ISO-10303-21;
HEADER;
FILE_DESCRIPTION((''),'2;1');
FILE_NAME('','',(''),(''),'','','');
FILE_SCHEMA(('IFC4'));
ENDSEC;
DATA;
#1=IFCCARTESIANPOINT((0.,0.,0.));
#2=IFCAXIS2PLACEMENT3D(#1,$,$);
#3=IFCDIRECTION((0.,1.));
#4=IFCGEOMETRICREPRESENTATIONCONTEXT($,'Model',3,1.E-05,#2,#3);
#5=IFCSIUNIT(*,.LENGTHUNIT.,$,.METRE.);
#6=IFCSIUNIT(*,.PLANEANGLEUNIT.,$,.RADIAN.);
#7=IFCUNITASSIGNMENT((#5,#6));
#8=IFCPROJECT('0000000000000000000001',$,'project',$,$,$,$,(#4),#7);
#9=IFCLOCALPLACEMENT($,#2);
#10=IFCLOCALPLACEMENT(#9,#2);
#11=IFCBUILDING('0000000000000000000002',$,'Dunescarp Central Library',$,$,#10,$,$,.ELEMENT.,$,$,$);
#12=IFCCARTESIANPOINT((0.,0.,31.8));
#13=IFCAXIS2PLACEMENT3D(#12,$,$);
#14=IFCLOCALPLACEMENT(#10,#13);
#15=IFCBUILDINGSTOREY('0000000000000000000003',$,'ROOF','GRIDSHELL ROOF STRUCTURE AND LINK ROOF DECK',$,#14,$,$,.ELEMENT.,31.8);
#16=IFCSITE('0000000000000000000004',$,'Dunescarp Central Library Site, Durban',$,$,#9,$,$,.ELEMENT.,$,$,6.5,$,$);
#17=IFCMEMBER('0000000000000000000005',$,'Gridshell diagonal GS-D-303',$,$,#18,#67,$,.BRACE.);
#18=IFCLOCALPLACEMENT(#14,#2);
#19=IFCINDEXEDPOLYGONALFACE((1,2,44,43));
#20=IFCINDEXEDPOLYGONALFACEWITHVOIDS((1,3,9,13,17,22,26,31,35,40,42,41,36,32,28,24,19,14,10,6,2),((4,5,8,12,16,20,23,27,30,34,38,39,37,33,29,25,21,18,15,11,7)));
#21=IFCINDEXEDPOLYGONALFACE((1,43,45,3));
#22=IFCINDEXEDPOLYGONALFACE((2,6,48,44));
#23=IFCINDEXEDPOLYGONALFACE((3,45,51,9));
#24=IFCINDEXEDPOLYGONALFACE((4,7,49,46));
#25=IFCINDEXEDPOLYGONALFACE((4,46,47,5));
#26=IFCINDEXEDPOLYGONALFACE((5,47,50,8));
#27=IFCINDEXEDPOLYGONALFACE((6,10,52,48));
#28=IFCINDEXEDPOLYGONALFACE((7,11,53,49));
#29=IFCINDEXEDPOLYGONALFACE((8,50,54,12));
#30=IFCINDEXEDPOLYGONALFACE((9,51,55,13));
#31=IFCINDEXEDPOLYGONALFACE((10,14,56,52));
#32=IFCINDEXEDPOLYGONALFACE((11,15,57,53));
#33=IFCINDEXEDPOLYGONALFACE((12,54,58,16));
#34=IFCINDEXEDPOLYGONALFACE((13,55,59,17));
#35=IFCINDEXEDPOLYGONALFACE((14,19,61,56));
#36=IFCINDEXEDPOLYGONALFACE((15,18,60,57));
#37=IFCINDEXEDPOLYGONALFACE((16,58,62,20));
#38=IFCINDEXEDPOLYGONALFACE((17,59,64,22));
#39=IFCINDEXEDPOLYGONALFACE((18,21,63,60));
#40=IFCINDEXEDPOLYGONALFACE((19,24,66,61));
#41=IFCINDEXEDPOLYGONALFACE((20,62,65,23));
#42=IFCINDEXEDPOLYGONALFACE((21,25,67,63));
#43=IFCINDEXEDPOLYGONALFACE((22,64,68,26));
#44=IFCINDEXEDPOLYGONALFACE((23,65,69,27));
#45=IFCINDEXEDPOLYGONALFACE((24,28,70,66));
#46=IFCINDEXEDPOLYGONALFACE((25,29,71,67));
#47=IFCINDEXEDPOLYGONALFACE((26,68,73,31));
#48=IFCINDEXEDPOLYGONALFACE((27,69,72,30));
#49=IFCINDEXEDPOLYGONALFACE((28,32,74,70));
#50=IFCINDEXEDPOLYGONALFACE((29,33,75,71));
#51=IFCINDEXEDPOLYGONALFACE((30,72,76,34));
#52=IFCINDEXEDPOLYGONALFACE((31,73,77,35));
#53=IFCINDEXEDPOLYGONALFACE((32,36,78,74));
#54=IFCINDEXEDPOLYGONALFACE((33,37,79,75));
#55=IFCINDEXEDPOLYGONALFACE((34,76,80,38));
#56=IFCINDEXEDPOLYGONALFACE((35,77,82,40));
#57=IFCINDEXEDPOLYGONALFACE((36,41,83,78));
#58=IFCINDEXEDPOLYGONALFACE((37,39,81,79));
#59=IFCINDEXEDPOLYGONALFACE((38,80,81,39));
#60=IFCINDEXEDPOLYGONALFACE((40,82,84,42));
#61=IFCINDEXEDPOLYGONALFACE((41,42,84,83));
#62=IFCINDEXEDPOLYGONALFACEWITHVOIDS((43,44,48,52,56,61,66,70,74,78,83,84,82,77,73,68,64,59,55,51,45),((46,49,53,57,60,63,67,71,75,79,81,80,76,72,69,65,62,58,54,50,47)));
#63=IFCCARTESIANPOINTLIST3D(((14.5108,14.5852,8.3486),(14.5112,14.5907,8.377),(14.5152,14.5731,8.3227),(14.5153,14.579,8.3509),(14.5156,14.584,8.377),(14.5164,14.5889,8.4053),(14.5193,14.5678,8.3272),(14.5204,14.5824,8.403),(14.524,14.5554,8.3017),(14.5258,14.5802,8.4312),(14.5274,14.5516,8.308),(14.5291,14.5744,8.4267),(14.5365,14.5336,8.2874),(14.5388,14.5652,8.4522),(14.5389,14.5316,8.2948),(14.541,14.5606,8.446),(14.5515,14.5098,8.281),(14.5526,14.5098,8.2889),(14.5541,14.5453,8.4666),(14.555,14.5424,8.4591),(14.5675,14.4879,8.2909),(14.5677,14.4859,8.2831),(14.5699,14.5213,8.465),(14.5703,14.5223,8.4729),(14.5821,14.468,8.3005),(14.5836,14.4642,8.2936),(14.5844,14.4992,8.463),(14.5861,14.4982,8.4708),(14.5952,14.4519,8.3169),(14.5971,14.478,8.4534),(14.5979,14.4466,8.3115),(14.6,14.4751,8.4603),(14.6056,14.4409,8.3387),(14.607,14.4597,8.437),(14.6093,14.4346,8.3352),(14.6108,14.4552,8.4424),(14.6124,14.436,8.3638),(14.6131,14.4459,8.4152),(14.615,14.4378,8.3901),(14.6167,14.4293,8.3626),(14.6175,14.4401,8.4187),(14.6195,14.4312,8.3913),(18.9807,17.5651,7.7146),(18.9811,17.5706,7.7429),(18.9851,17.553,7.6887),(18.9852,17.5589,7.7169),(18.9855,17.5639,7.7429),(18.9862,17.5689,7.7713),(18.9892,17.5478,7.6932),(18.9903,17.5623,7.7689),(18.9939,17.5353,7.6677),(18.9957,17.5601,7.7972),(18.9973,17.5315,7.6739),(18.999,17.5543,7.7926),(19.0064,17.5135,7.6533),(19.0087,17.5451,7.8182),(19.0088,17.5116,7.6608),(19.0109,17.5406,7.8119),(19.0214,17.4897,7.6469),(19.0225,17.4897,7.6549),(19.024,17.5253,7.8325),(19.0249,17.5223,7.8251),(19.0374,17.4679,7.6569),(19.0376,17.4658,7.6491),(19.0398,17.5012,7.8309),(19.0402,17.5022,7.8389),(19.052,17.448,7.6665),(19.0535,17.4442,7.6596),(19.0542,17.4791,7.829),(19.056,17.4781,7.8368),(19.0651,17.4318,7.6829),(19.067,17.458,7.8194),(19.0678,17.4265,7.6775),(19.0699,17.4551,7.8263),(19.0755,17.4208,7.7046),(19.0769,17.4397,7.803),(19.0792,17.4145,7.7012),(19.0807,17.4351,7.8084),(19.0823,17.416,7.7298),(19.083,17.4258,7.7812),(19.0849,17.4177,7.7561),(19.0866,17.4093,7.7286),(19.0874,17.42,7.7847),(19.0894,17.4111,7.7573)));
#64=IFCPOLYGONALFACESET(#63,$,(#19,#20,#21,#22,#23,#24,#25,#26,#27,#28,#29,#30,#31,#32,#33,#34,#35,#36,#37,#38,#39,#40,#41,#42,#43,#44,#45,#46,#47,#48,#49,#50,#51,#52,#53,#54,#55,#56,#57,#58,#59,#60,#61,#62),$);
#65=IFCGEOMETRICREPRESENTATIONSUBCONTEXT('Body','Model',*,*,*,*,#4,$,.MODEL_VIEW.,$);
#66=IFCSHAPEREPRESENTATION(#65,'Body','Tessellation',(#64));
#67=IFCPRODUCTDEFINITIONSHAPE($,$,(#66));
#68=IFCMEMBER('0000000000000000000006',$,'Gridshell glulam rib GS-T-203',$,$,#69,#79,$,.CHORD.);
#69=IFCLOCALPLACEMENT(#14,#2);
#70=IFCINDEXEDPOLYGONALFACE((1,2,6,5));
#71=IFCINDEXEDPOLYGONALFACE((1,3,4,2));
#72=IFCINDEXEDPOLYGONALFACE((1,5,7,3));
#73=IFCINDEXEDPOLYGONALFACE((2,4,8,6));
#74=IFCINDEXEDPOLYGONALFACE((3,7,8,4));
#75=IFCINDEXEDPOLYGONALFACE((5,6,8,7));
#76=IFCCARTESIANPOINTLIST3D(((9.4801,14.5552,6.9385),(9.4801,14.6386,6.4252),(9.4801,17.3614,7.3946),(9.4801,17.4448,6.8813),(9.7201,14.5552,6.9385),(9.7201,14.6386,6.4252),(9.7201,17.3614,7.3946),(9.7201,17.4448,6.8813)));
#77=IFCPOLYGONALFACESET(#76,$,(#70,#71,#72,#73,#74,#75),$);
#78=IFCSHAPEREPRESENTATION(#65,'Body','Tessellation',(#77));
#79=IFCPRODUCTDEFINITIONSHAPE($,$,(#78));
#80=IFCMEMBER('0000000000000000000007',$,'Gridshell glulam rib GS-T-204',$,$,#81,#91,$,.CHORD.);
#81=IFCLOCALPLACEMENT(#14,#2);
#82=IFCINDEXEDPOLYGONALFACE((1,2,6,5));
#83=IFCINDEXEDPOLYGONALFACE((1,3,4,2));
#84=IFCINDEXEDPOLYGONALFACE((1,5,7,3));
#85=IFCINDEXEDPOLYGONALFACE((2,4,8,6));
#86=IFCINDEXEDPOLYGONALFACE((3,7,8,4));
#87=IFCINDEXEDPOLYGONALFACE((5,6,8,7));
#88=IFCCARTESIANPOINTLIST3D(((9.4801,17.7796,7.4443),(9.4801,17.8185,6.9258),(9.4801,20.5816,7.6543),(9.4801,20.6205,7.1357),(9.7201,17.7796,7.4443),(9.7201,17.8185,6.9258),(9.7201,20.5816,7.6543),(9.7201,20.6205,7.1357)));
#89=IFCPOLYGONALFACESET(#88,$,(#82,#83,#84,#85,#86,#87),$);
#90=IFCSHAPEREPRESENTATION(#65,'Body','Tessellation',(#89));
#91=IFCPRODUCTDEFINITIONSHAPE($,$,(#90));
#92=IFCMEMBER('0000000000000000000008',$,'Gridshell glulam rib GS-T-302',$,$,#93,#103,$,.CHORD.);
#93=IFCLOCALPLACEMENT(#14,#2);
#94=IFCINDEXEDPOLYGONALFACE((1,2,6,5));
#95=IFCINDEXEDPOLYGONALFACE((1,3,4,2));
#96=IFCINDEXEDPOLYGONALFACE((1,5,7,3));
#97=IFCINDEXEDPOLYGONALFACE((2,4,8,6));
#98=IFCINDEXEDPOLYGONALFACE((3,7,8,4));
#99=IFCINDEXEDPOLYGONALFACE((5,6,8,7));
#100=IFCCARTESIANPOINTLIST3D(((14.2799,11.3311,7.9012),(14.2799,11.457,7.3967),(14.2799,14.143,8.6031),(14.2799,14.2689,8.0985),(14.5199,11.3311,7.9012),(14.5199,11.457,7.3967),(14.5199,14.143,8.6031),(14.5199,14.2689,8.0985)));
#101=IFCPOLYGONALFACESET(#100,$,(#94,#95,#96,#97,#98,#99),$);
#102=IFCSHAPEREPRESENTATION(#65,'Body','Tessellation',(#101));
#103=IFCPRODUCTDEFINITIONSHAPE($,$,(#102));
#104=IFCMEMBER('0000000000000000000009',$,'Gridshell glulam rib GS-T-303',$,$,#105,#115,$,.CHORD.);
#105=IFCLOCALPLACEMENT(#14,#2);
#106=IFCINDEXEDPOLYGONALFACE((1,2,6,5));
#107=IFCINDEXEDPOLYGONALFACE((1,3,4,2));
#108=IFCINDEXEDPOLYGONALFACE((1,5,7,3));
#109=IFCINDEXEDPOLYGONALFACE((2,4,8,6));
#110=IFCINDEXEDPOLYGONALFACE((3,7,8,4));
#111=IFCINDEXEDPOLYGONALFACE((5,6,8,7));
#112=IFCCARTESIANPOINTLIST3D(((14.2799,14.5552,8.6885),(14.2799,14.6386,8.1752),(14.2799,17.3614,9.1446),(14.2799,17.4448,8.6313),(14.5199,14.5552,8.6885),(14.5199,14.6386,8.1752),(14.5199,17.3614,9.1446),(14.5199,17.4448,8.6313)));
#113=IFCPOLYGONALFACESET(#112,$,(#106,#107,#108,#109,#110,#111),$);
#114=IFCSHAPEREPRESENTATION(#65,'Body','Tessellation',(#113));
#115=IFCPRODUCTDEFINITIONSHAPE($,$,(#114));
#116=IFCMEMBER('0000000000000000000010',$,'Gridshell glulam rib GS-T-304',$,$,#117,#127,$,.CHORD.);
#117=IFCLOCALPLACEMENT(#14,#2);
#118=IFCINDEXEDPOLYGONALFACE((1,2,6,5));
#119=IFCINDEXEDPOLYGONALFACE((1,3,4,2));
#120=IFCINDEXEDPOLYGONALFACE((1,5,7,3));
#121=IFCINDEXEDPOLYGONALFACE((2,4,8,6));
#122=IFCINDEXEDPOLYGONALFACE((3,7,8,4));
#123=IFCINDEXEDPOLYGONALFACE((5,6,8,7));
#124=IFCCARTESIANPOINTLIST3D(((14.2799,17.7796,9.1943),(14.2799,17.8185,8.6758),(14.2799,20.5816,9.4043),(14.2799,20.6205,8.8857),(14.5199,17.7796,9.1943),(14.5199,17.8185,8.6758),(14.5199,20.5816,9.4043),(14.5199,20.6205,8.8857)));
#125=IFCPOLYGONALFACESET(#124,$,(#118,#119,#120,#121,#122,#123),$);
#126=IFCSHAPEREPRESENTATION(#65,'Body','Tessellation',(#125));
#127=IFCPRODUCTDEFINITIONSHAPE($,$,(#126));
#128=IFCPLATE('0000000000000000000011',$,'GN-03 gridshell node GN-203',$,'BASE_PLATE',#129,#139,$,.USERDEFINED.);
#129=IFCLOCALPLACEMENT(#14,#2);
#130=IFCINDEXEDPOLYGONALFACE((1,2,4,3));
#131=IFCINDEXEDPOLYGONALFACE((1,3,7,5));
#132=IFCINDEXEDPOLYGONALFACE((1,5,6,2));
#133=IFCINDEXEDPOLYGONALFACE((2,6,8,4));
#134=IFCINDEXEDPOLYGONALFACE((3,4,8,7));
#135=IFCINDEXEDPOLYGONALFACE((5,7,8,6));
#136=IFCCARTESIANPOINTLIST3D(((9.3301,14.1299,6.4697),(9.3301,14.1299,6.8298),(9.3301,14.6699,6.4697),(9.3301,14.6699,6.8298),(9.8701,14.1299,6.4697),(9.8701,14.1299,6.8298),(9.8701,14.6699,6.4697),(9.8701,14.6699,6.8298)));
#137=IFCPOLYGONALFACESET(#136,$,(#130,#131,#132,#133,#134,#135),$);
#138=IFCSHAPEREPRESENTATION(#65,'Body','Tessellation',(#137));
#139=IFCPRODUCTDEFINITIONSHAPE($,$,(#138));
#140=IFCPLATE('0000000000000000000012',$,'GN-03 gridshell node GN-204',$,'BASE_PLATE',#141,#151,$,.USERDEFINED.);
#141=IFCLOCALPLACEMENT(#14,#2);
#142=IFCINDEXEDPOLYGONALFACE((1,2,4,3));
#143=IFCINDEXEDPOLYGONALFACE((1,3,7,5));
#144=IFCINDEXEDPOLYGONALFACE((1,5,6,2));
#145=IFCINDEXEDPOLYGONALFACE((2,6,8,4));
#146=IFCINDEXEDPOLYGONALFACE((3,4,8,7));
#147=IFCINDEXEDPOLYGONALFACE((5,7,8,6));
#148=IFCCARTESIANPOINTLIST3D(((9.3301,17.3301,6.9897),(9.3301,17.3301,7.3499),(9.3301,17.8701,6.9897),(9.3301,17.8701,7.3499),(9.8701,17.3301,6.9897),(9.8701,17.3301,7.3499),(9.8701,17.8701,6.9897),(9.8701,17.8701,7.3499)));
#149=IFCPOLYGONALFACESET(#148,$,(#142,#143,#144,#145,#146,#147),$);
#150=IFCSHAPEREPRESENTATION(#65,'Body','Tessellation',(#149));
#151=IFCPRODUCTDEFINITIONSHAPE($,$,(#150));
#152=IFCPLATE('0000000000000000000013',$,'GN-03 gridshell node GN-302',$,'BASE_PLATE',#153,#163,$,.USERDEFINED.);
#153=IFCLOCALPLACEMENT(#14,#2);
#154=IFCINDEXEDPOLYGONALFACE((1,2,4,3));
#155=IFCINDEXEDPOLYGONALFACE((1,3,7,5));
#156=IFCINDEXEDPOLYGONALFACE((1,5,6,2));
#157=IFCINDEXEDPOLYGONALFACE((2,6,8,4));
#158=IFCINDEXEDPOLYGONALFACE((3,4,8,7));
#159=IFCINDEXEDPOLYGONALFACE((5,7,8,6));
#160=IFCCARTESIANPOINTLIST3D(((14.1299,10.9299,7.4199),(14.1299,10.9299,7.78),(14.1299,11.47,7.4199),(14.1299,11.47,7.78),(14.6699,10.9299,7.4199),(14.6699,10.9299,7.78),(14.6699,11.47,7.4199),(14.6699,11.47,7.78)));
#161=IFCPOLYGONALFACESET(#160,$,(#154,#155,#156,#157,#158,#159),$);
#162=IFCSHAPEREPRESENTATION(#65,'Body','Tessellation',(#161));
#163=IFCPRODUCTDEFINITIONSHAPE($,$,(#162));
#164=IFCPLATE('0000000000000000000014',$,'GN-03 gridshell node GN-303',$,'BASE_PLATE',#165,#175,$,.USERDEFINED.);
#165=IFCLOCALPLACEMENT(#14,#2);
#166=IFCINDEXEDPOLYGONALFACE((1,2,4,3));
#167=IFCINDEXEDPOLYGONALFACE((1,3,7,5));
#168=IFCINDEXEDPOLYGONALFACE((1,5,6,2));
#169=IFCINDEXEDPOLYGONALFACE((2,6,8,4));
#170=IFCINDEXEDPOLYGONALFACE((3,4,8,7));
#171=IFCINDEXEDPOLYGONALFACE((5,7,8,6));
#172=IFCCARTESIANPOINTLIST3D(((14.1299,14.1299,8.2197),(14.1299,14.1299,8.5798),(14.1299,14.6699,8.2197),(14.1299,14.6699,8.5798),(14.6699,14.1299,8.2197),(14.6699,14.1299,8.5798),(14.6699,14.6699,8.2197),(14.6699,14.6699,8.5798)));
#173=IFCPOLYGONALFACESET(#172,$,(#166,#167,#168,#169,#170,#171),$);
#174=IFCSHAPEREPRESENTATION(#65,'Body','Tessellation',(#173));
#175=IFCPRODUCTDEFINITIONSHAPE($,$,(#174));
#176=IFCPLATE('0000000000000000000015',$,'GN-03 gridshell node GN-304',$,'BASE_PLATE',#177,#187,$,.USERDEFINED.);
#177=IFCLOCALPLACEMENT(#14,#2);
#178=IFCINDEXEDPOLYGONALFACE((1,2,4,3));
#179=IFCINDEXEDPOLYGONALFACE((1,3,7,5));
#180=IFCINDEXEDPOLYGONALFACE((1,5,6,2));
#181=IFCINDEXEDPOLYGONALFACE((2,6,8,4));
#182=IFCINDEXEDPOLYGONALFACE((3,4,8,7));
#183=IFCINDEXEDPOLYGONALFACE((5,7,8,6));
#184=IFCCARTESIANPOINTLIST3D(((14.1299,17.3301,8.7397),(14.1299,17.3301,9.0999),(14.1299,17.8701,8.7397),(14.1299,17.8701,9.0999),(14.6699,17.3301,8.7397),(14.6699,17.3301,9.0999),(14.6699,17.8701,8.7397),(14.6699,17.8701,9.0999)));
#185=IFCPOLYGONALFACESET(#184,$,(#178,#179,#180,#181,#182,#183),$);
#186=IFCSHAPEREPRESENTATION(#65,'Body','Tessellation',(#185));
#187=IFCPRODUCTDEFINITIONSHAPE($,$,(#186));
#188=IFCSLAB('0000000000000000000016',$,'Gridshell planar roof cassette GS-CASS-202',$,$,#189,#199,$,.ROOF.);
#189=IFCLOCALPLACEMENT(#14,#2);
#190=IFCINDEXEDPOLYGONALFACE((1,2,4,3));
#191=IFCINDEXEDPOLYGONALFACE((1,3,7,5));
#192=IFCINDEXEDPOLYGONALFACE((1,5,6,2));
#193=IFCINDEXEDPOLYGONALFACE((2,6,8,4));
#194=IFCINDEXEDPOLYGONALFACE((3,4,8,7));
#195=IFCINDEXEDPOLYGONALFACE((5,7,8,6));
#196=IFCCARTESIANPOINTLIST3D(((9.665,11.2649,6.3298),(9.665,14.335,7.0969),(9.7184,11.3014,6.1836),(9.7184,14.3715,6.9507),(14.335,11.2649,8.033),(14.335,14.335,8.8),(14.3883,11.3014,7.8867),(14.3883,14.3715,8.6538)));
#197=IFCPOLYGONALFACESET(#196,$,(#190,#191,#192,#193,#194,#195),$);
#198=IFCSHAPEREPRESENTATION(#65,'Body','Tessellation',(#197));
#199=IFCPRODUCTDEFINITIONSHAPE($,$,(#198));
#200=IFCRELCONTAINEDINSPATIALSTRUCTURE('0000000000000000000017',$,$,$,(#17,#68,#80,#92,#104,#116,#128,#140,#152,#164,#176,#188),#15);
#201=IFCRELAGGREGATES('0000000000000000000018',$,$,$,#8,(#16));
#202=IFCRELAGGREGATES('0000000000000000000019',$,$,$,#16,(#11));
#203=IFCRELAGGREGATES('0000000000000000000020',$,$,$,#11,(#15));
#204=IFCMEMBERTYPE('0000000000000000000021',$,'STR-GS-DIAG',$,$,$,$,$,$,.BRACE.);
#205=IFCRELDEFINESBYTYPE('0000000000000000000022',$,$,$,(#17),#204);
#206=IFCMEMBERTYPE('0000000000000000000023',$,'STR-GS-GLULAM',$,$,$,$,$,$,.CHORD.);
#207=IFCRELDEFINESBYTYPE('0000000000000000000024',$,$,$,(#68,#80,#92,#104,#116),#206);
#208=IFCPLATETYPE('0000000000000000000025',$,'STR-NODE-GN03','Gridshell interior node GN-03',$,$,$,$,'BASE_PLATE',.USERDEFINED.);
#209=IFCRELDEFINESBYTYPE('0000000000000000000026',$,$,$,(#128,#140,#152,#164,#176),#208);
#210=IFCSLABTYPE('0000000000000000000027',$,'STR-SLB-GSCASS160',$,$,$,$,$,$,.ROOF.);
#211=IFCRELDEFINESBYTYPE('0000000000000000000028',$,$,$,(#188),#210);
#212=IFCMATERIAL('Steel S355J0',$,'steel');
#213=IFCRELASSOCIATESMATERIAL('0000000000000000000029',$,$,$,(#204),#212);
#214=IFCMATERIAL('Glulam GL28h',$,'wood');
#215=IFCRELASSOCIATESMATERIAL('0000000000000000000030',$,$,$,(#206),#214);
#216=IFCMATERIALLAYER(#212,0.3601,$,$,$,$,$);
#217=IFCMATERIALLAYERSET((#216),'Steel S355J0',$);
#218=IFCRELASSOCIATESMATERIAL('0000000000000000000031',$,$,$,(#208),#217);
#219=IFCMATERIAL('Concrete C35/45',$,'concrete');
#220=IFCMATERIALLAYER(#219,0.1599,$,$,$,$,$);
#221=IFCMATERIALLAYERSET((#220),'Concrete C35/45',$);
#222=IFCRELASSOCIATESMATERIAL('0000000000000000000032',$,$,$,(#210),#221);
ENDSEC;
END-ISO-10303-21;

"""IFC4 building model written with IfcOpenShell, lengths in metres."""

from ifc_helpers import new_model, si_unit, direction, frame, origin, origin_2d, place, context, subcontext, project, spatial, polyline, rectangle, hollow_circle, outline, extrude, material, layer, layer_set, material_profile, profile_set, type_object, element, save


model = new_model("IFC4")

# Units and contexts
model_context = context("Model", 3, precision=1e-05, world=origin(), true_north=direction((0.0, 1.0)))
body_context = subcontext(model_context, "Body", "Model", "MODEL_VIEW")
ifc_project = project(units=[si_unit("LENGTHUNIT", "METRE"), si_unit("PLANEANGLEUNIT", "RADIAN")], contexts=[model_context])

# Site, building, storey
site_placement = place(None, origin())
site = spatial("IfcSite", under=ifc_project, at=site_placement, Name="Dunescarp Central Library Site, Durban", CompositionType="ELEMENT", RefElevation=6.5)
building_placement = place(site_placement, origin())
building = spatial("IfcBuilding", under=site, at=building_placement, Name="Dunescarp Central Library", CompositionType="ELEMENT")
storey_placement = place(building_placement, frame((0.0, 0.0, 31.8)))
storey = spatial("IfcBuildingStorey", under=building, at=storey_placement, Name="ROOF", Description="GRIDSHELL ROOF STRUCTURE AND LINK ROOF DECK", CompositionType="ELEMENT", Elevation=31.8)

# Members
ifc_material_1 = material(Name="Steel S355J0", Category="steel")
ifc_material_profile_1 = material_profile(ifc_material_1, hollow_circle(Radius=0.0969, WallThickness=0.0081, at=origin_2d()), Name="CHS 193.7x8")
ifc_profile_set_1 = profile_set([ifc_material_profile_1], Name="Steel S355J0")
member_type_1 = type_object("IfcMemberType", Name="STR-GS-DIAG", PredefinedType="BRACE", material=ifc_profile_set_1)
member_1_placement = place(storey_placement, frame((14.5649, 14.51, 8.377), z_axis=(0.826315, 0.550877, -0.117207), x_axis=(-0.5547, 0.83205, 0.0)))
element("IfcMember", 1, at=member_1_placement, inside=storey, type_object=member_type_1, Name="Gridshell diagonal GS-D-303", PredefinedType="BRACE", context=body_context, shape_type="SweptSolid", body=[
    extrude(hollow_circle(Radius=0.0969, WallThickness=0.0081, at=origin_2d()), origin(), (0.0, 0.0, 1.0), 5.4094),
])
ifc_material_2 = material(Name="Glulam GL28h", Category="wood")
ifc_material_profile_2 = material_profile(ifc_material_2, rectangle(XDim=0.24, YDim=0.52, at=origin_2d()), Name="GL28h 240x520")
ifc_profile_set_2 = profile_set([ifc_material_profile_2], Name="Glulam GL28h")
member_type_2 = type_object("IfcMemberType", Name="STR-GS-GLULAM", PredefinedType="CHORD", material=ifc_profile_set_2)
member_2_placement = place(storey_placement, frame((9.6001, 14.5969, 6.6819), z_axis=(0.0, 0.98705, 0.160415), x_axis=(-1.0, 0.0, 0.0)))
element("IfcMember", 2, at=member_2_placement, inside=storey, type_object=member_type_2, Name="Gridshell glulam rib GS-T-203", PredefinedType="CHORD", context=body_context, shape_type="SweptSolid", body=[
    extrude(rectangle(XDim=0.24, YDim=0.52, at=origin_2d()), origin(), (0.0, 0.0, 1.0), 2.843),
])
member_3_placement = place(storey_placement, frame((9.6001, 17.7991, 7.1851), z_axis=(0.0, 0.997204, 0.074723), x_axis=(-1.0, 0.0, 0.0)))
element("IfcMember", 3, at=member_3_placement, inside=storey, type_object=member_type_2, Name="Gridshell glulam rib GS-T-204", PredefinedType="CHORD", context=body_context, shape_type="SweptSolid", body=[
    extrude(rectangle(XDim=0.24, YDim=0.52, at=origin_2d()), origin(), (0.0, 0.0, 1.0), 2.8098),
])
member_4_placement = place(storey_placement, frame((14.3999, 11.394, 7.6489), z_axis=(0.0, 0.970232, 0.242179), x_axis=(-1.0, 0.0, 0.0)))
element("IfcMember", 4, at=member_4_placement, inside=storey, type_object=member_type_2, Name="Gridshell glulam rib GS-T-302", PredefinedType="CHORD", context=body_context, shape_type="SweptSolid", body=[
    extrude(rectangle(XDim=0.24, YDim=0.52, at=origin_2d()), origin(), (0.0, 0.0, 1.0), 2.8982),
])
member_5_placement = place(storey_placement, frame((14.3999, 14.5969, 8.4319), z_axis=(0.0, 0.98705, 0.160415), x_axis=(-1.0, 0.0, 0.0)))
element("IfcMember", 5, at=member_5_placement, inside=storey, type_object=member_type_2, Name="Gridshell glulam rib GS-T-303", PredefinedType="CHORD", context=body_context, shape_type="SweptSolid", body=[
    extrude(rectangle(XDim=0.24, YDim=0.52, at=origin_2d()), origin(), (0.0, 0.0, 1.0), 2.843),
])
member_6_placement = place(storey_placement, frame((14.3999, 17.7991, 8.9351), z_axis=(0.0, 0.997204, 0.074723), x_axis=(-1.0, 0.0, 0.0)))
element("IfcMember", 6, at=member_6_placement, inside=storey, type_object=member_type_2, Name="Gridshell glulam rib GS-T-304", PredefinedType="CHORD", context=body_context, shape_type="SweptSolid", body=[
    extrude(rectangle(XDim=0.24, YDim=0.52, at=origin_2d()), origin(), (0.0, 0.0, 1.0), 2.8098),
])

# Plates
ifc_layer_1 = layer(ifc_material_1, 0.3601)
ifc_layer_set_1 = layer_set([ifc_layer_1], Name="Steel S355J0")
plate_type = type_object("IfcPlateType", Name="STR-NODE-GN03", Description="Gridshell interior node GN-03", ElementType="BASE_PLATE", PredefinedType="USERDEFINED", material=ifc_layer_set_1)
for number, where, z_axis, x_axis, name in (
    (7, (9.6001, 14.3999, 6.4697), (0.0, 0.0, 1.0), (1.0, 0.0, 0.0), "GN-03 gridshell node GN-203"),
    (8, (9.6001, 17.6001, 6.9897), (0.0, 0.0, 1.0), (1.0, 0.0, 0.0), "GN-03 gridshell node GN-204"),
    (9, (14.3999, 11.2, 7.4199), (0.0, 0.0, 1.0), (1.0, 0.0, 0.0), "GN-03 gridshell node GN-302"),
    (10, (14.3999, 14.3999, 8.2197), (0.0, 0.0, 1.0), (1.0, 0.0, 0.0), "GN-03 gridshell node GN-303"),
    (11, (14.3999, 17.6001, 8.7397), (0.0, 0.0, 1.0), (1.0, 0.0, 0.0), "GN-03 gridshell node GN-304"),
):
    element("IfcPlate", number, at=place(storey_placement, frame(where, z_axis=z_axis, x_axis=x_axis)), inside=storey, type_object=plate_type, Name=name, ObjectType="BASE_PLATE", PredefinedType="USERDEFINED", context=body_context, shape_type="SweptSolid", body=[
        extrude(rectangle(XDim=0.54, YDim=0.54, at=origin_2d()), origin(), (0.0, 0.0, 1.0), 0.3601),
    ])

# Slab
ifc_material_3 = material(Name="Concrete C35/45", Category="concrete")
ifc_layer_2 = layer(ifc_material_3, 0.1599)
ifc_layer_set_2 = layer_set([ifc_layer_2], Name="Concrete C35/45")
slab_type = type_object("IfcSlabType", Name="STR-SLB-GSCASS160", PredefinedType="ROOF", material=ifc_layer_set_2)
slab_1_placement = place(storey_placement, frame((9.665, 11.2649, 6.3298), z_axis=(-0.33356, -0.228526, 0.914611), x_axis=(0.939472, 0.0, 0.342626)))
element("IfcSlab", 12, at=slab_1_placement, inside=storey, type_object=slab_type, Name="Gridshell planar roof cassette GS-CASS-202", PredefinedType="ROOF", context=body_context, shape_type="SweptSolid", body=[
    extrude(outline(polyline([(0.0, 0.0), (4.9708, 0.0), (5.2336, 3.1535), (0.2628, 3.1535), (0.0, 0.0)])), origin(), (0.0, 0.0, -1.0), 0.1599),
])

save(model, "model.ifc")
